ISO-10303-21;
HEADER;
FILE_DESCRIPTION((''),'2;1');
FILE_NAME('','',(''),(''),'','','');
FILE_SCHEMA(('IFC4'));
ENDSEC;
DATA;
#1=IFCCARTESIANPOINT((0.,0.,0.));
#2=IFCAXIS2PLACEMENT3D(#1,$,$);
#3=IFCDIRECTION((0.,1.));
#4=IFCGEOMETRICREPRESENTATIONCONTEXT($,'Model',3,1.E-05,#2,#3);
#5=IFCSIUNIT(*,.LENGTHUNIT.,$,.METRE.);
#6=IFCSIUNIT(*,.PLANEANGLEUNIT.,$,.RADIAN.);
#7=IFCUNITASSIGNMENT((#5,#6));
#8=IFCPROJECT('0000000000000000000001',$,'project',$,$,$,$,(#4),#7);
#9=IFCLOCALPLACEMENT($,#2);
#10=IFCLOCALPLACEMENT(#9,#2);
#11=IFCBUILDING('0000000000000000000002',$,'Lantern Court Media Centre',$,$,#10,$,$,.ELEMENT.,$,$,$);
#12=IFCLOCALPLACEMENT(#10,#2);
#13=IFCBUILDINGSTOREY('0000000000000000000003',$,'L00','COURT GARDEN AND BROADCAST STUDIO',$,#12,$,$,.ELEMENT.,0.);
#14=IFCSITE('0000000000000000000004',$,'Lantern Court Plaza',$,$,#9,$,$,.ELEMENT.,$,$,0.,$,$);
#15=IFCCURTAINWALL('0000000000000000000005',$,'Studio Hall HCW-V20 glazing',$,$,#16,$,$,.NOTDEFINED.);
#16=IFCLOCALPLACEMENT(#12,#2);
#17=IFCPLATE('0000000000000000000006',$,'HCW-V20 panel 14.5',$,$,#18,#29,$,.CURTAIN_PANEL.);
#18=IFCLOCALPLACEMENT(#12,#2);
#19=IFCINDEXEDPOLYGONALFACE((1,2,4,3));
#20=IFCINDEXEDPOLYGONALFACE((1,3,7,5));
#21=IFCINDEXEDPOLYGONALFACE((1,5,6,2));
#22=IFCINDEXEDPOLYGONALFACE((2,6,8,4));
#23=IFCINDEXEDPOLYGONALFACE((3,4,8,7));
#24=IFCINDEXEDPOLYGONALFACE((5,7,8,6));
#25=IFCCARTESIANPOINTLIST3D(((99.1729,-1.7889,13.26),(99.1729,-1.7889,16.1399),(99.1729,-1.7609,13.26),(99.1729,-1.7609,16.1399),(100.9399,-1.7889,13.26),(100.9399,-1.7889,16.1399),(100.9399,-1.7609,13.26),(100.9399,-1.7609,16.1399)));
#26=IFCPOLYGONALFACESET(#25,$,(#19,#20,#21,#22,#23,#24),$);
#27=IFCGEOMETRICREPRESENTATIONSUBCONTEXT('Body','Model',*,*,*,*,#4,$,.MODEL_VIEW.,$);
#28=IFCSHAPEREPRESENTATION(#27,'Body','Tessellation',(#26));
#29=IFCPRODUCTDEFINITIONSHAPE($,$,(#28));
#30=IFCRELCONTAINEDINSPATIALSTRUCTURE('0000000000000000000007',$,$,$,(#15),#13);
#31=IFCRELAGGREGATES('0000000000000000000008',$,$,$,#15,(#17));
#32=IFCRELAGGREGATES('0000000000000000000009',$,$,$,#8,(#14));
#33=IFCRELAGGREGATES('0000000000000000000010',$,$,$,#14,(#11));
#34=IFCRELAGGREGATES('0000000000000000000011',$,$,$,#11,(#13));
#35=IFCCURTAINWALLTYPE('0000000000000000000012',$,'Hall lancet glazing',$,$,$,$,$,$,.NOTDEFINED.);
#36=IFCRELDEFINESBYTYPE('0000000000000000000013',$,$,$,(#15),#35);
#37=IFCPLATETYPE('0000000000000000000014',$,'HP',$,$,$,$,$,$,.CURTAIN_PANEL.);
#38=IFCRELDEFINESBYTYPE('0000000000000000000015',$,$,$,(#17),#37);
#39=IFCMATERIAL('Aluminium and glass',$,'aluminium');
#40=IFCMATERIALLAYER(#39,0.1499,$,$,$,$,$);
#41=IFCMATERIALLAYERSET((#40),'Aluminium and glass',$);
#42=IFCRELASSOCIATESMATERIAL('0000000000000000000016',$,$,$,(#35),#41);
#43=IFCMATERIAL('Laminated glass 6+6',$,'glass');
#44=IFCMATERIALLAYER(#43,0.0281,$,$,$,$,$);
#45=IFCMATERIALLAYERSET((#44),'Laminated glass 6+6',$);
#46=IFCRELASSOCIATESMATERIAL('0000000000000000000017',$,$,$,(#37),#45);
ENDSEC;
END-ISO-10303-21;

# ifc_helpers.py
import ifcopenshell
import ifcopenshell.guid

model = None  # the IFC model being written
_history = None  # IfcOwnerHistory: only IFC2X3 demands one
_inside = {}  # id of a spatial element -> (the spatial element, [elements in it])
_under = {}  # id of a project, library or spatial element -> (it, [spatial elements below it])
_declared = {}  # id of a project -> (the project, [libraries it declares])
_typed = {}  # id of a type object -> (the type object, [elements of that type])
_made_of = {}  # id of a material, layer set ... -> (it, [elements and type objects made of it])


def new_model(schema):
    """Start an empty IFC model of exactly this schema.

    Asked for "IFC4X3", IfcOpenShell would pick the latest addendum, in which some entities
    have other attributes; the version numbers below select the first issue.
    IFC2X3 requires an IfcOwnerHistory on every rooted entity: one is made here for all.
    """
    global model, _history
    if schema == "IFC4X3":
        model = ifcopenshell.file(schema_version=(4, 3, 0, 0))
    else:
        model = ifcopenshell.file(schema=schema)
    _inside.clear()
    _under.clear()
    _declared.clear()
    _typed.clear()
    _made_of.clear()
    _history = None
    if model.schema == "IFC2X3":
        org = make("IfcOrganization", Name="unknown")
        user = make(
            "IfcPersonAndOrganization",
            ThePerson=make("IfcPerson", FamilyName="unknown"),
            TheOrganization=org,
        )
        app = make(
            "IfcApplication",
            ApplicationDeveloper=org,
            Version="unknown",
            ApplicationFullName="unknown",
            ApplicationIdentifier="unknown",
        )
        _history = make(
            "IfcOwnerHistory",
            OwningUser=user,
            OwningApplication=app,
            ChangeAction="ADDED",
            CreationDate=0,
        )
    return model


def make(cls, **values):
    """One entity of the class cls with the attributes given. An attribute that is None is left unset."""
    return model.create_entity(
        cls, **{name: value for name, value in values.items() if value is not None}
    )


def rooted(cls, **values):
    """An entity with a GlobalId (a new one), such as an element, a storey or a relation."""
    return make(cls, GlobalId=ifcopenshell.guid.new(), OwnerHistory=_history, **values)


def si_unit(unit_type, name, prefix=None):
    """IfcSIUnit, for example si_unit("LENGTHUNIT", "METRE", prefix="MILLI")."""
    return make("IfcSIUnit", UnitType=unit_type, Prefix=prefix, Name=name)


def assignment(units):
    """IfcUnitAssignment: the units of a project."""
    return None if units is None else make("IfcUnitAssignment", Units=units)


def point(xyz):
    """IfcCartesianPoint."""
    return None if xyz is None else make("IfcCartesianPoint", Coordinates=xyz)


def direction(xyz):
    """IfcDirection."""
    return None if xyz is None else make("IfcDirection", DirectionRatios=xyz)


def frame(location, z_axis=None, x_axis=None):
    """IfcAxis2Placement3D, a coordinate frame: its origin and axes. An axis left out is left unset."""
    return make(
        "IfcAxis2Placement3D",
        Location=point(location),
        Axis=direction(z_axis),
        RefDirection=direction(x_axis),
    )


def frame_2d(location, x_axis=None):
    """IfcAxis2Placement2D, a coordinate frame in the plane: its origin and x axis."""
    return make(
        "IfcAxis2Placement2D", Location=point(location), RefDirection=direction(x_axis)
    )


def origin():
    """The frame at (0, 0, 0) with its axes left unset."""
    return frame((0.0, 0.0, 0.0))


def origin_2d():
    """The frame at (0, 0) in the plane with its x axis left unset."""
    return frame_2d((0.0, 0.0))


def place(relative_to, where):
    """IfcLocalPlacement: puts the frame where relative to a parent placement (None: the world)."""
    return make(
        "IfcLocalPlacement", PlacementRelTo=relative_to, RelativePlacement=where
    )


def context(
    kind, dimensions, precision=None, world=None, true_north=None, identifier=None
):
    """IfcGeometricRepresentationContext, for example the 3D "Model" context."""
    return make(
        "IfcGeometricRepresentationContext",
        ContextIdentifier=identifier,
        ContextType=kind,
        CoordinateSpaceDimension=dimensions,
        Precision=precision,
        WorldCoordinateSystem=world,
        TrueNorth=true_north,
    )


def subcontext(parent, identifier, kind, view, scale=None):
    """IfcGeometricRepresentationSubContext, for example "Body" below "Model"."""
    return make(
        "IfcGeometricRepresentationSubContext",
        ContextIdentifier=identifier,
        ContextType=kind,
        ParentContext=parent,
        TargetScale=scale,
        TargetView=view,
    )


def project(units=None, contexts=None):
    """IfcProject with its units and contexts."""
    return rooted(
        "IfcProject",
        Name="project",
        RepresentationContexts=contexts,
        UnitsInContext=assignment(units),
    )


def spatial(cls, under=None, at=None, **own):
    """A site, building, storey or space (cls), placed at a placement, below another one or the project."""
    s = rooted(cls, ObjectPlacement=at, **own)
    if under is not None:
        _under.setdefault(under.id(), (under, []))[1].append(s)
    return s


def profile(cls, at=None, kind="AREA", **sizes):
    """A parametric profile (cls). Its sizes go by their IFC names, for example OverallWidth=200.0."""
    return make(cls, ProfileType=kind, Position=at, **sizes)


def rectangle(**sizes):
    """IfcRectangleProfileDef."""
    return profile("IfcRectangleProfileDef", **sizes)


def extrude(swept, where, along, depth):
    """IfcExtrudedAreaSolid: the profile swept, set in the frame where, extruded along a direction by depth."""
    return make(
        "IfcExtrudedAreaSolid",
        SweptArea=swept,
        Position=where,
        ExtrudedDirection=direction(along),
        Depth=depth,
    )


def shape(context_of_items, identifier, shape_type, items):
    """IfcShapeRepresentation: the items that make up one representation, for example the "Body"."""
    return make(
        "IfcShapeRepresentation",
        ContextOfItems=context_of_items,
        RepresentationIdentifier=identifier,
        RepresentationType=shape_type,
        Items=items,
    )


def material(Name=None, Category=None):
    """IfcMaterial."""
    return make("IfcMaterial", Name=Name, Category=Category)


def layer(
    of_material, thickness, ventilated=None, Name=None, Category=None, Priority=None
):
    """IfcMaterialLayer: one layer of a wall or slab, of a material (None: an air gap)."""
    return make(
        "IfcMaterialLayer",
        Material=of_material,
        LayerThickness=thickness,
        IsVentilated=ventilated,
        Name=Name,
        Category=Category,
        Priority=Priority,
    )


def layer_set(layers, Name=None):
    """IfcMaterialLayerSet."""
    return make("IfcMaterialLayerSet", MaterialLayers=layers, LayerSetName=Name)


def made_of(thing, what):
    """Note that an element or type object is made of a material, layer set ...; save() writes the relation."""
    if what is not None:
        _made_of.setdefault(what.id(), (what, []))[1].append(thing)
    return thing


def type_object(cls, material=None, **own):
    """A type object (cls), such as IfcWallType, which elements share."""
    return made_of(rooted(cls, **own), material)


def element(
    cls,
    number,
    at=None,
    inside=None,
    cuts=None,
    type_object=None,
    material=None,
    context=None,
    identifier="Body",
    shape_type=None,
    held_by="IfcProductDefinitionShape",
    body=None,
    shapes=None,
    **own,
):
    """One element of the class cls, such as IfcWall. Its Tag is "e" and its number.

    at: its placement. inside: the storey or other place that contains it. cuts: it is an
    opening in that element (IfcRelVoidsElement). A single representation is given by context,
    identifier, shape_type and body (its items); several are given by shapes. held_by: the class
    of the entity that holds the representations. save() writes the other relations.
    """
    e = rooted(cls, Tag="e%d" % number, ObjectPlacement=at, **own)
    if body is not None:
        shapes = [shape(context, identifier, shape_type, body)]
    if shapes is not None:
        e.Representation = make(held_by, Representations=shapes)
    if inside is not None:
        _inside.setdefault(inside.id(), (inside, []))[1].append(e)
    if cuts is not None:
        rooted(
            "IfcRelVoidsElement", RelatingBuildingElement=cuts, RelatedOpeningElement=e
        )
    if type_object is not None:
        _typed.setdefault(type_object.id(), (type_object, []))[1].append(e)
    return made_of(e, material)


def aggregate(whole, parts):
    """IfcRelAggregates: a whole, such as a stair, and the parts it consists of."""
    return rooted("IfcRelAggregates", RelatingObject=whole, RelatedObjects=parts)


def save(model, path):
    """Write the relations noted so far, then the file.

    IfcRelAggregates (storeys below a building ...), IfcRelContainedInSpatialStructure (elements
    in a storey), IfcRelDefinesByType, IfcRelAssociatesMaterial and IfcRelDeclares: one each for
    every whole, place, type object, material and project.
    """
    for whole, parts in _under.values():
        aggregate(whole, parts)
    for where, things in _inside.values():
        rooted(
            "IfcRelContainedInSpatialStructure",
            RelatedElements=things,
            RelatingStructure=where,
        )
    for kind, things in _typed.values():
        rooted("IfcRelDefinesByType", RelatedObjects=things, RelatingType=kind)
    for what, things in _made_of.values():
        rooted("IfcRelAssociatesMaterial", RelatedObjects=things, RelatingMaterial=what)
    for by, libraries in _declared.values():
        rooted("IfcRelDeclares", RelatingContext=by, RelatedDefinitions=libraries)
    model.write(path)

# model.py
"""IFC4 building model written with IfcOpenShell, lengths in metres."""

from ifc_helpers import new_model, si_unit, direction, frame, origin, origin_2d, place, context, subcontext, project, spatial, rectangle, extrude, material, layer, layer_set, type_object, element, aggregate, save


model = new_model("IFC4")

# Units and contexts
model_context = context("Model", 3, precision=1e-05, world=origin(), true_north=direction((0.0, 1.0)))
body_context = subcontext(model_context, "Body", "Model", "MODEL_VIEW")
ifc_project = project(units=[si_unit("LENGTHUNIT", "METRE"), si_unit("PLANEANGLEUNIT", "RADIAN")], contexts=[model_context])

# Site, building, storey
site_placement = place(None, origin())
site = spatial("IfcSite", under=ifc_project, at=site_placement, Name="Lantern Court Plaza", CompositionType="ELEMENT", RefElevation=0.0)
building_placement = place(site_placement, origin())
building = spatial("IfcBuilding", under=site, at=building_placement, Name="Lantern Court Media Centre", CompositionType="ELEMENT")
storey_placement = place(building_placement, origin())
storey = spatial("IfcBuildingStorey", under=building, at=storey_placement, Name="L00", Description="COURT GARDEN AND BROADCAST STUDIO", CompositionType="ELEMENT", Elevation=0.0)

# Curtain wall, plate
ifc_material_1 = material(Name="Aluminium and glass", Category="aluminium")
ifc_layer_1 = layer(ifc_material_1, 0.1499)
ifc_layer_set_1 = layer_set([ifc_layer_1], Name="Aluminium and glass")
curtain_wall_type = type_object("IfcCurtainWallType", Name="Hall lancet glazing", PredefinedType="NOTDEFINED", material=ifc_layer_set_1)
curtain_wall_placement = place(storey_placement, origin())
curtain_wall = element("IfcCurtainWall", 1, at=curtain_wall_placement, inside=storey, type_object=curtain_wall_type, Name="Studio Hall HCW-V20 glazing", PredefinedType="NOTDEFINED")
ifc_material_2 = material(Name="Laminated glass 6+6", Category="glass")
ifc_layer_2 = layer(ifc_material_2, 0.0281)
ifc_layer_set_2 = layer_set([ifc_layer_2], Name="Laminated glass 6+6")
plate_type = type_object("IfcPlateType", Name="HP", PredefinedType="CURTAIN_PANEL", material=ifc_layer_set_2)
plate_1_placement = place(storey_placement, frame((100.0564, -1.7749, 13.26), z_axis=(0.0, 0.0, 1.0), x_axis=(1.0, 0.0, 0.0)))
plate_1 = element("IfcPlate", 2, at=plate_1_placement, type_object=plate_type, Name="HCW-V20 panel 14.5", PredefinedType="CURTAIN_PANEL", context=body_context, shape_type="SweptSolid", body=[
    extrude(rectangle(XDim=1.7671, YDim=0.0281, at=origin_2d()), origin(), (0.0, 0.0, 1.0), 2.8799),
])
aggregate(curtain_wall, [plate_1])

save(model, "model.ifc")
